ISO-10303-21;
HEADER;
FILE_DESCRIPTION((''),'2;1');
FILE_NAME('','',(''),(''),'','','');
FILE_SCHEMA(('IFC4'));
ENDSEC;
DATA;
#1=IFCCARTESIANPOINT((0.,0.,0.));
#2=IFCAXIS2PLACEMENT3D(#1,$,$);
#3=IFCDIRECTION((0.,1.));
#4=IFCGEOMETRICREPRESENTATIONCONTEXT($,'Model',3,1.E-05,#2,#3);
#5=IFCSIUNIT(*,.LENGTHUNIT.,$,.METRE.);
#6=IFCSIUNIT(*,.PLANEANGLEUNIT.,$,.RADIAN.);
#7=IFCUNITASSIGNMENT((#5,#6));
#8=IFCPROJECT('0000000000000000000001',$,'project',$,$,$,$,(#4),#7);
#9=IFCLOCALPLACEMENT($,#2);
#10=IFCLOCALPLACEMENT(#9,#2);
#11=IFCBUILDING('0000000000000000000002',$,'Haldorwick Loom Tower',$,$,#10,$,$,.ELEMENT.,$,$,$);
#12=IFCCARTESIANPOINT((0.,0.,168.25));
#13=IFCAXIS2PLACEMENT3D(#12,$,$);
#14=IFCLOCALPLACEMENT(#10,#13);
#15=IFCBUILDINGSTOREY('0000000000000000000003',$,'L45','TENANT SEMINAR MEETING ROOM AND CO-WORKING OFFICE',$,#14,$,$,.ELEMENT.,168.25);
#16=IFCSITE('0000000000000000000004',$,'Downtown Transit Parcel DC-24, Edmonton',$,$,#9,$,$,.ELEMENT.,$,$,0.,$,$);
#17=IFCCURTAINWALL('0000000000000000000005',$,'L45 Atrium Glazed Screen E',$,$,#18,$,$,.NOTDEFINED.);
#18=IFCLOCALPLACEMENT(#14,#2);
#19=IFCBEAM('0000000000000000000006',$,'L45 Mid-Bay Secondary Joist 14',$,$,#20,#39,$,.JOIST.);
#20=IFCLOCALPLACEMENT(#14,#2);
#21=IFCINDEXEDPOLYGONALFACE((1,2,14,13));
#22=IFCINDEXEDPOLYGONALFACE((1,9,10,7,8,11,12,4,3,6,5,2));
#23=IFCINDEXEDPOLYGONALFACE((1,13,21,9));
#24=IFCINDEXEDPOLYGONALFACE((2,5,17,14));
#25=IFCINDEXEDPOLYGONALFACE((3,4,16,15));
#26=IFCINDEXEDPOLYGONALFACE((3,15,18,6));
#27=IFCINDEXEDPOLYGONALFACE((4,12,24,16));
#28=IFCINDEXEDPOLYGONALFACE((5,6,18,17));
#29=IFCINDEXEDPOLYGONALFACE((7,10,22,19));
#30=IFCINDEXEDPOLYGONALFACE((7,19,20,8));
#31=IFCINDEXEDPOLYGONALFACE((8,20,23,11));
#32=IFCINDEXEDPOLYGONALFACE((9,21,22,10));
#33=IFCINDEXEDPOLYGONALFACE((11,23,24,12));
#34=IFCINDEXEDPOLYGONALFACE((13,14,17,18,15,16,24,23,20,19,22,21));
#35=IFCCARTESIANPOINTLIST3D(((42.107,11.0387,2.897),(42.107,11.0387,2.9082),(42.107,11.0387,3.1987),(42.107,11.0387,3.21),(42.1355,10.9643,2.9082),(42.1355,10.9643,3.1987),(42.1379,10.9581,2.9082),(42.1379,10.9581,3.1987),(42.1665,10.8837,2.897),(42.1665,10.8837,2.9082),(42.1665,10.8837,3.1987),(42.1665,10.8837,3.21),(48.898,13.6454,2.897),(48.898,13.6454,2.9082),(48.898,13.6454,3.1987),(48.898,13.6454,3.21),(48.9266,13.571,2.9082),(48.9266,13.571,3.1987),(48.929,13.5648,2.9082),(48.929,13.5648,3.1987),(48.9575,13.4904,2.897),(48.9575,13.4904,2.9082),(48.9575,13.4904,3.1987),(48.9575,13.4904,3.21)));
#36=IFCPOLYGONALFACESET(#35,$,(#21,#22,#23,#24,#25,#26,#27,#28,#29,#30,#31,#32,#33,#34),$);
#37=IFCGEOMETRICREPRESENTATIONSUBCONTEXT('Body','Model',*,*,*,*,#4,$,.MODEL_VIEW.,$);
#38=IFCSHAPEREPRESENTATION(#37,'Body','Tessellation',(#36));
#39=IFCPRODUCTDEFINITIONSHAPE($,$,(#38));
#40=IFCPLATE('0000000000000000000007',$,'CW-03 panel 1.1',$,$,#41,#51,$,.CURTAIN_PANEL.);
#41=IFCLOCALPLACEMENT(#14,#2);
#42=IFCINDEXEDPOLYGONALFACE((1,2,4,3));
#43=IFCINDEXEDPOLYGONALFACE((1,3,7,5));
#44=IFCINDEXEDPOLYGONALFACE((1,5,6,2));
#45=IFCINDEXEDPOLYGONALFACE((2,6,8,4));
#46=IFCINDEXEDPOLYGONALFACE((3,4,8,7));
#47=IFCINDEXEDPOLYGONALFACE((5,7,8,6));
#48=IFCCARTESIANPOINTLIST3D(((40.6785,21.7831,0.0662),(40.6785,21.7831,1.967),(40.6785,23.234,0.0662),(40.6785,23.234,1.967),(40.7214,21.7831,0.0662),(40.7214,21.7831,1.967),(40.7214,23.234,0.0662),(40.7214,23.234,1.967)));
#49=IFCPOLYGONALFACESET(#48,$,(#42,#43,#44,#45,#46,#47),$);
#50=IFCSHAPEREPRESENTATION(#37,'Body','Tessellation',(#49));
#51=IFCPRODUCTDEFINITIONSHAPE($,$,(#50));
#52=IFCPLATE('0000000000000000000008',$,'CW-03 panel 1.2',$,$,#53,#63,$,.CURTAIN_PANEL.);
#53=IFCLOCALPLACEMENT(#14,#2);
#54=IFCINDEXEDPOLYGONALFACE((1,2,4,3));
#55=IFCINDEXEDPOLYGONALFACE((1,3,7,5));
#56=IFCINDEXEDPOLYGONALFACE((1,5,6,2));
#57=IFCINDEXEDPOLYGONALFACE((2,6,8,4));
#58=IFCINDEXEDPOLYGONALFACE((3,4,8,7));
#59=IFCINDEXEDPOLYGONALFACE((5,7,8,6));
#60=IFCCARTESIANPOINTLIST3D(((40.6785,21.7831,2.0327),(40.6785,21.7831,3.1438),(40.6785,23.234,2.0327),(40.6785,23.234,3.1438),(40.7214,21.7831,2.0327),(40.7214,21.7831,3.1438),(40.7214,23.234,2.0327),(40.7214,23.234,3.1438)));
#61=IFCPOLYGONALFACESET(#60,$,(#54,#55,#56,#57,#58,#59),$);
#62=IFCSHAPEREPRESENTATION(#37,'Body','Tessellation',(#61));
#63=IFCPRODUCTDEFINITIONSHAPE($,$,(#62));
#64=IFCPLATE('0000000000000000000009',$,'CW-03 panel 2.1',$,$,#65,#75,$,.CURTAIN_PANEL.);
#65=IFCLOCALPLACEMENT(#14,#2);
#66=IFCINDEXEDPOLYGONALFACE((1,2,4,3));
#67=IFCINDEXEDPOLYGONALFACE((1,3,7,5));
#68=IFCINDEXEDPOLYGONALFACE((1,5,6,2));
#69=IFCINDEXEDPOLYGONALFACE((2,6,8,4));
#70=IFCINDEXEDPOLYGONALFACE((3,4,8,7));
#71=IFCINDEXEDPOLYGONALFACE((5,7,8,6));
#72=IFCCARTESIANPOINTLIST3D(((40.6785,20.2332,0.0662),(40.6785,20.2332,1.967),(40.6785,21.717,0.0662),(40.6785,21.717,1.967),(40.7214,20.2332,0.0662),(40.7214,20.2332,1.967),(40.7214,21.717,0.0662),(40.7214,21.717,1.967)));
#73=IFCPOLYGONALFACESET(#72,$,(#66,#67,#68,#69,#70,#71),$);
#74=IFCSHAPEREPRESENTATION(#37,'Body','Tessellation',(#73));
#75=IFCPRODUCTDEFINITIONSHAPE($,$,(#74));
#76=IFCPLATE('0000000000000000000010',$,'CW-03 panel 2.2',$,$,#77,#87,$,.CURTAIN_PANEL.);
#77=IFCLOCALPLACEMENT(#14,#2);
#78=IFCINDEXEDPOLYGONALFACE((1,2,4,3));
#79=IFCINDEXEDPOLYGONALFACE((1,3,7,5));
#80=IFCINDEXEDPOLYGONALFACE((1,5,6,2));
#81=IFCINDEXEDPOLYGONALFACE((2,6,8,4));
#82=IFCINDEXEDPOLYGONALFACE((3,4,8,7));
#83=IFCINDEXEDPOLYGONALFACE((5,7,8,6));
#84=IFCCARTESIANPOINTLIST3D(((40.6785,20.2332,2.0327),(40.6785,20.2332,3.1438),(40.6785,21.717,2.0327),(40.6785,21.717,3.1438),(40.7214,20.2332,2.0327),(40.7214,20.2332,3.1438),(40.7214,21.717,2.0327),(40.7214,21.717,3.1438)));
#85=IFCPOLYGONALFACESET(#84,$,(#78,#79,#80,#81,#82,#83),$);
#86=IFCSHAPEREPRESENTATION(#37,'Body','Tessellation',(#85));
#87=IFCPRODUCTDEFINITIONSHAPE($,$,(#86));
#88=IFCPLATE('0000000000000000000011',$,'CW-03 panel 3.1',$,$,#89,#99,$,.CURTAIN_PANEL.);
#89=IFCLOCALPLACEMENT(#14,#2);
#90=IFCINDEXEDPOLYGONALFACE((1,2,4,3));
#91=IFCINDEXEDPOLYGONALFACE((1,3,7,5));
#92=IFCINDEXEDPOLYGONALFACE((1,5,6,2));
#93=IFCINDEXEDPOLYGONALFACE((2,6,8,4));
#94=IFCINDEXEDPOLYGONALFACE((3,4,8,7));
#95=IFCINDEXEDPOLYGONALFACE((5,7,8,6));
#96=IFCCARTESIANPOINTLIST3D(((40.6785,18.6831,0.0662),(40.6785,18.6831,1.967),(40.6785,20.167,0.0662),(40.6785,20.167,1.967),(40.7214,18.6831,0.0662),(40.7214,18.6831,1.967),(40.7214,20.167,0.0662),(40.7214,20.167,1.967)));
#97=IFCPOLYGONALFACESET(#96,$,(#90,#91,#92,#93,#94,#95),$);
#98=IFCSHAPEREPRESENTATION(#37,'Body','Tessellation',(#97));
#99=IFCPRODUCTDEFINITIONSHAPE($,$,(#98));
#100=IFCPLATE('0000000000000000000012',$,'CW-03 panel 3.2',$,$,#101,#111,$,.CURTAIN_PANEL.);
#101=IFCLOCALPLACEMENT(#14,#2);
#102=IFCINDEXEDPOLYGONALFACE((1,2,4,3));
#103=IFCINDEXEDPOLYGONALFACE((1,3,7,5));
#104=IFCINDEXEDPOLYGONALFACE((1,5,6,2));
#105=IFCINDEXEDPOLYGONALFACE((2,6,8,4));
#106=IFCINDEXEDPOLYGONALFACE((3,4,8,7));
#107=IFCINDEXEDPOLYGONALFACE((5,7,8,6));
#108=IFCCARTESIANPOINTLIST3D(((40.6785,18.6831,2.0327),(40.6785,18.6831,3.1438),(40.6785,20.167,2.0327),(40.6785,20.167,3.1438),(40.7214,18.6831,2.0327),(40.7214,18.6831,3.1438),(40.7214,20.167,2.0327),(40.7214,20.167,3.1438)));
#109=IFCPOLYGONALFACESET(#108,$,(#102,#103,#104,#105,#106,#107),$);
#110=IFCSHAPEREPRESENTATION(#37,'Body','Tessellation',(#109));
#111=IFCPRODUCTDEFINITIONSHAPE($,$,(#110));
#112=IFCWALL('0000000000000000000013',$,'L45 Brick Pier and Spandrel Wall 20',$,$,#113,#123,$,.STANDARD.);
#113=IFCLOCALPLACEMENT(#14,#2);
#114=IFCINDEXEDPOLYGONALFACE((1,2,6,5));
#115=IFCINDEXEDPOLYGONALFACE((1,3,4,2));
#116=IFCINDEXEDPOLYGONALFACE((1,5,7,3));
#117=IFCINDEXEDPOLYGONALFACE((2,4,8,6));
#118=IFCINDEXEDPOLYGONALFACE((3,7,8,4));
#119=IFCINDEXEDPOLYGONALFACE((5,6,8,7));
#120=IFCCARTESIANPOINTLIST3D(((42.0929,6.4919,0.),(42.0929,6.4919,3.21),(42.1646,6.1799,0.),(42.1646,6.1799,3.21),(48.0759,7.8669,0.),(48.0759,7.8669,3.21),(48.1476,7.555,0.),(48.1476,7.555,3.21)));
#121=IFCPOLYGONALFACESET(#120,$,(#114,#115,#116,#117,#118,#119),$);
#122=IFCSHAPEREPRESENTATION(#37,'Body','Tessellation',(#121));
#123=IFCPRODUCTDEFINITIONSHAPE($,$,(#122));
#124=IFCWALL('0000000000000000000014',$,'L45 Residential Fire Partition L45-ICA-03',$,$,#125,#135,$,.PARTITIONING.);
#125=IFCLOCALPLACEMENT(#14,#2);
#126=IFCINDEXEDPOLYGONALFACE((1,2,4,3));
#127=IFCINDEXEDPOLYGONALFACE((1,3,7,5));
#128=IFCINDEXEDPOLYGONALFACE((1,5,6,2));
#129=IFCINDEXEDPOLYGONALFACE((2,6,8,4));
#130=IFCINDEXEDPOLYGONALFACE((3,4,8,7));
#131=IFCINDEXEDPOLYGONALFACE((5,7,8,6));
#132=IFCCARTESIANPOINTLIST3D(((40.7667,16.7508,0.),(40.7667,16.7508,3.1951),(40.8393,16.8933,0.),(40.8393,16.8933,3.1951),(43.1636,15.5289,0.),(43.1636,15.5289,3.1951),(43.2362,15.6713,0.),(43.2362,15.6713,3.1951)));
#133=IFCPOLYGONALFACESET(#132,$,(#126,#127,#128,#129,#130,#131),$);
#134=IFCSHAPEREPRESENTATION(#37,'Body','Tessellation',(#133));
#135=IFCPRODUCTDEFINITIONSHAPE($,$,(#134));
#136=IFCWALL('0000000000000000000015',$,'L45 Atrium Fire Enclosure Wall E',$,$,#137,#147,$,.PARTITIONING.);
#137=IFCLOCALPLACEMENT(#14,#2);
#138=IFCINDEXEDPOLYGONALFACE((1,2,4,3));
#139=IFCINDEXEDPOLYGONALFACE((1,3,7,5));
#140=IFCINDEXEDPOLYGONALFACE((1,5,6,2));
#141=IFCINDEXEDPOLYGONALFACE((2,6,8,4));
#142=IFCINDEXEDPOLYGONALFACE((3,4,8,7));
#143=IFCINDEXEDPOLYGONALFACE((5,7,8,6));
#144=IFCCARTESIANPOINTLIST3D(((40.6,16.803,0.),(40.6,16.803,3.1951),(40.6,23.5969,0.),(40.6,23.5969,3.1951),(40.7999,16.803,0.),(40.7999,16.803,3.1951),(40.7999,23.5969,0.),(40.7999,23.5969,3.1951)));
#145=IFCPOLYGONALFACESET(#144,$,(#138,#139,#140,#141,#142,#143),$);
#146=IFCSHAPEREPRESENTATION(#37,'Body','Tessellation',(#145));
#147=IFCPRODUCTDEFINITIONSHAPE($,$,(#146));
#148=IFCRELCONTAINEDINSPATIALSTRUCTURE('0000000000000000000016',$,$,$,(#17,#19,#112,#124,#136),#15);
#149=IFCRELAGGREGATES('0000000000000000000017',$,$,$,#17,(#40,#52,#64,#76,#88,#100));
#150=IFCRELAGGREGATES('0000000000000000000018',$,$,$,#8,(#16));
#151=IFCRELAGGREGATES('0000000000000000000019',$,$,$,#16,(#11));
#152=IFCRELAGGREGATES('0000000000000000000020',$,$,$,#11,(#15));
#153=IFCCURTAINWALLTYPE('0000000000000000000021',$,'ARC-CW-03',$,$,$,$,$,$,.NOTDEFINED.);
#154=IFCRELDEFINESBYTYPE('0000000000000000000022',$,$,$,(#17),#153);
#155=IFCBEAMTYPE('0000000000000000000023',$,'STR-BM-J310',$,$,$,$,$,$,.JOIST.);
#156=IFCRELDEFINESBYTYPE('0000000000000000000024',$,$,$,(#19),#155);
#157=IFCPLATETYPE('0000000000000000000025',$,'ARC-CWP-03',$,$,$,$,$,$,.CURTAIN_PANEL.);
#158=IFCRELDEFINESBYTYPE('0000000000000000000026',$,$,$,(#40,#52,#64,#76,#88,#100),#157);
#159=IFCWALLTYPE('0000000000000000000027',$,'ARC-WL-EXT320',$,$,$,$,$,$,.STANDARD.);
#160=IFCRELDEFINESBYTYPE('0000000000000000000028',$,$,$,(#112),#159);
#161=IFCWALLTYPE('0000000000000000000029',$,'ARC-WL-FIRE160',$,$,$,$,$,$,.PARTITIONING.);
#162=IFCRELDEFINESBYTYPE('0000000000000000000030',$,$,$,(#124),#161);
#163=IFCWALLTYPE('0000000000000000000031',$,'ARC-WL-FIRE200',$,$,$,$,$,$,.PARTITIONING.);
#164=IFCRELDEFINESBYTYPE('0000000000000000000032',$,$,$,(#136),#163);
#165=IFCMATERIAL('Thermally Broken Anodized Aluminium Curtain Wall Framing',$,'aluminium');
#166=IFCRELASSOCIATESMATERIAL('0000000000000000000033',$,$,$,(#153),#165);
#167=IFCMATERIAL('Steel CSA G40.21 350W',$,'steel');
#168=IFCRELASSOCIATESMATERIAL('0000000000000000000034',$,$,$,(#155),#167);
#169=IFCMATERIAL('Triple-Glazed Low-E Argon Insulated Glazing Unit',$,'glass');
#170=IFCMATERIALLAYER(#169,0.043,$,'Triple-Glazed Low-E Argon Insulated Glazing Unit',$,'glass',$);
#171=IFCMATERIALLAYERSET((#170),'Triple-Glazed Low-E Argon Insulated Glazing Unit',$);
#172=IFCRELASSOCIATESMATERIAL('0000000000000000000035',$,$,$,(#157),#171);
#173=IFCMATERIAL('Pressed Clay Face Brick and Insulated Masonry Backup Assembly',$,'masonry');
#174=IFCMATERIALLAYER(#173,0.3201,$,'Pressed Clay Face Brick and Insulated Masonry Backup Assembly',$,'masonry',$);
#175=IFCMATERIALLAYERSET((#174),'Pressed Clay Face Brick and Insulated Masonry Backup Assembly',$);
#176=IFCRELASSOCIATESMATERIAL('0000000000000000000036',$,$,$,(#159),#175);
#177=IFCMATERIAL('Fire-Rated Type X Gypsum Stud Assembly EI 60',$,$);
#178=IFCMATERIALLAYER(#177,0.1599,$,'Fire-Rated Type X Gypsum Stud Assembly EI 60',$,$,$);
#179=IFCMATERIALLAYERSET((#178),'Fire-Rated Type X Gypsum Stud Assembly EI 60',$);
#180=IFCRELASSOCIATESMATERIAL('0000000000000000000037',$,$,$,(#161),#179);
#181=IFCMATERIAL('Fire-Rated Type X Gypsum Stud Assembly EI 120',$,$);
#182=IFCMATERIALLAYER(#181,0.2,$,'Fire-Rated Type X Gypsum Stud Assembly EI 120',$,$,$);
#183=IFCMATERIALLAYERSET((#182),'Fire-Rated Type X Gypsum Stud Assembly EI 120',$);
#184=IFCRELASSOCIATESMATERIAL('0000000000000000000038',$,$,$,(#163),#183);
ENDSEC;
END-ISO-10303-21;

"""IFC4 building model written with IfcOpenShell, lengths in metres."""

from ifc_helpers import new_model, si_unit, direction, frame, frame_2d, origin, origin_2d, place, context, subcontext, project, spatial, rectangle, i_section, extrude, material, layer, layer_set, material_profile, profile_set, type_object, element, aggregate, save


model = new_model("IFC4")

# Units and contexts
model_context = context("Model", 3, precision=1e-05, world=origin(), true_north=direction((0.0, 1.0)))
body_context = subcontext(model_context, "Body", "Model", "MODEL_VIEW")
ifc_project = project(units=[si_unit("LENGTHUNIT", "METRE"), si_unit("PLANEANGLEUNIT", "RADIAN")], contexts=[model_context])

# Site, building, storey
site_placement = place(None, origin())
site = spatial("IfcSite", under=ifc_project, at=site_placement, Name="Downtown Transit Parcel DC-24, Edmonton", CompositionType="ELEMENT", RefElevation=0.0)
building_placement = place(site_placement, origin())
building = spatial("IfcBuilding", under=site, at=building_placement, Name="Haldorwick Loom Tower", CompositionType="ELEMENT")
storey_placement = place(building_placement, frame((0.0, 0.0, 168.25)))
storey = spatial("IfcBuildingStorey", under=building, at=storey_placement, Name="L45", Description="TENANT SEMINAR MEETING ROOM AND CO-WORKING OFFICE", CompositionType="ELEMENT", Elevation=168.25)

# Curtain wall
ifc_material_1 = material(Name="Thermally Broken Anodized Aluminium Curtain Wall Framing", Category="aluminium")
curtain_wall_type = type_object("IfcCurtainWallType", Name="ARC-CW-03", PredefinedType="NOTDEFINED", material=ifc_material_1)
curtain_wall_placement = place(storey_placement, origin())
curtain_wall = element("IfcCurtainWall", 1, at=curtain_wall_placement, inside=storey, type_object=curtain_wall_type, Name="L45 Atrium Glazed Screen E", PredefinedType="NOTDEFINED")

# Beam
ifc_material_2 = material(Name="Steel CSA G40.21 350W", Category="steel")
ifc_material_profile_1 = material_profile(ifc_material_2, i_section(OverallWidth=0.166, OverallDepth=0.313, WebThickness=0.0066, FlangeThickness=0.0112, at=origin_2d()), Name="W310X45", Category="steel")
ifc_profile_set_1 = profile_set([ifc_material_profile_1], Name="Steel CSA G40.21 350W")
beam_type = type_object("IfcBeamType", Name="STR-BM-J310", PredefinedType="JOIST", material=ifc_profile_set_1)
beam_placement = place(storey_placement, frame((42.1367, 10.9612, 3.0535), z_axis=(0.933587, 0.358352, 0.0), x_axis=(-0.358352, 0.933587, 0.0)))
element("IfcBeam", 2, at=beam_placement, inside=storey, type_object=beam_type, Name="L45 Mid-Bay Secondary Joist 14", PredefinedType="JOIST", context=body_context, shape_type="SweptSolid", body=[
    extrude(i_section(OverallWidth=0.166, OverallDepth=0.313, WebThickness=0.0066, FlangeThickness=0.0112, at=origin_2d()), origin(), (0.0, 0.0, 1.0), 7.2742),
])

# Plates
ifc_material_3 = material(Name="Triple-Glazed Low-E Argon Insulated Glazing Unit", Category="glass")
ifc_layer_1 = layer(ifc_material_3, 0.043, Name="Triple-Glazed Low-E Argon Insulated Glazing Unit", Category="glass")
ifc_layer_set_1 = layer_set([ifc_layer_1], Name="Triple-Glazed Low-E Argon Insulated Glazing Unit")
plate_type = type_object("IfcPlateType", Name="ARC-CWP-03", PredefinedType="CURTAIN_PANEL", material=ifc_layer_set_1)
plate_1_placement = place(storey_placement, frame((40.7, 22.5085, 0.0662), z_axis=(0.0, 0.0, 1.0), x_axis=(0.0, -1.0, 0.0)))
plate_1 = element("IfcPlate", 3, at=plate_1_placement, type_object=plate_type, Name="CW-03 panel 1.1", PredefinedType="CURTAIN_PANEL", context=body_context, shape_type="SweptSolid", body=[
    extrude(rectangle(XDim=1.4509, YDim=0.043, at=origin_2d()), origin(), (0.0, 0.0, 1.0), 1.9009),
])
plate_2_placement = place(storey_placement, frame((40.7, 22.5085, 2.0327), z_axis=(0.0, 0.0, 1.0), x_axis=(0.0, -1.0, 0.0)))
plate_2 = element("IfcPlate", 4, at=plate_2_placement, type_object=plate_type, Name="CW-03 panel 1.2", PredefinedType="CURTAIN_PANEL", context=body_context, shape_type="SweptSolid", body=[
    extrude(rectangle(XDim=1.4509, YDim=0.043, at=origin_2d()), origin(), (0.0, 0.0, 1.0), 1.1111),
])
plate_3_placement = place(storey_placement, frame((40.7, 20.9751, 0.0662), z_axis=(0.0, 0.0, 1.0), x_axis=(0.0, -1.0, 0.0)))
plate_3 = element("IfcPlate", 5, at=plate_3_placement, type_object=plate_type, Name="CW-03 panel 2.1", PredefinedType="CURTAIN_PANEL", context=body_context, shape_type="SweptSolid", body=[
    extrude(rectangle(XDim=1.4839, YDim=0.043, at=origin_2d()), origin(), (0.0, 0.0, 1.0), 1.9009),
])
plate_4_placement = place(storey_placement, frame((40.7, 20.9751, 2.0327), z_axis=(0.0, 0.0, 1.0), x_axis=(0.0, -1.0, 0.0)))
plate_4 = element("IfcPlate", 6, at=plate_4_placement, type_object=plate_type, Name="CW-03 panel 2.2", PredefinedType="CURTAIN_PANEL", context=body_context, shape_type="SweptSolid", body=[
    extrude(rectangle(XDim=1.4839, YDim=0.043, at=origin_2d()), origin(), (0.0, 0.0, 1.0), 1.1111),
])
plate_5_placement = place(storey_placement, frame((40.7, 19.425, 0.0662), z_axis=(0.0, 0.0, 1.0), x_axis=(0.0, -1.0, 0.0)))
plate_5 = element("IfcPlate", 7, at=plate_5_placement, type_object=plate_type, Name="CW-03 panel 3.1", PredefinedType="CURTAIN_PANEL", context=body_context, shape_type="SweptSolid", body=[
    extrude(rectangle(XDim=1.4839, YDim=0.043, at=origin_2d()), origin(), (0.0, 0.0, 1.0), 1.9009),
])
plate_6_placement = place(storey_placement, frame((40.7, 19.425, 2.0327), z_axis=(0.0, 0.0, 1.0), x_axis=(0.0, -1.0, 0.0)))
plate_6 = element("IfcPlate", 8, at=plate_6_placement, type_object=plate_type, Name="CW-03 panel 3.2", PredefinedType="CURTAIN_PANEL", context=body_context, shape_type="SweptSolid", body=[
    extrude(rectangle(XDim=1.4839, YDim=0.043, at=origin_2d()), origin(), (0.0, 0.0, 1.0), 1.1111),
])
aggregate(curtain_wall, [plate_1, plate_2, plate_3, plate_4, plate_5, plate_6])

# Walls
ifc_material_4 = material(Name="Pressed Clay Face Brick and Insulated Masonry Backup Assembly", Category="masonry")
ifc_layer_2 = layer(ifc_material_4, 0.3201, Name="Pressed Clay Face Brick and Insulated Masonry Backup Assembly", Category="masonry")
ifc_layer_set_2 = layer_set([ifc_layer_2], Name="Pressed Clay Face Brick and Insulated Masonry Backup Assembly")
wall_type_1 = type_object("IfcWallType", Name="ARC-WL-EXT320", PredefinedType="STANDARD", material=ifc_layer_set_2)
wall_1_placement = place(storey_placement, frame((42.1289, 6.3359, 0.0), z_axis=(0.0, 0.0, 1.0), x_axis=(0.974593, 0.223982, 0.0)))
element("IfcWall", 9, at=wall_1_placement, inside=storey, type_object=wall_type_1, Name="L45 Brick Pier and Spandrel Wall 20", PredefinedType="STANDARD", context=body_context, shape_type="SweptSolid", body=[
    extrude(rectangle(XDim=6.1389, YDim=0.3201, at=frame_2d((3.0693, 0.0))), origin(), (0.0, 0.0, 1.0), 3.21),
])
ifc_material_5 = material(Name="Fire-Rated Type X Gypsum Stud Assembly EI 60")
ifc_layer_3 = layer(ifc_material_5, 0.1599, Name="Fire-Rated Type X Gypsum Stud Assembly EI 60")
ifc_layer_set_3 = layer_set([ifc_layer_3], Name="Fire-Rated Type X Gypsum Stud Assembly EI 60")
wall_type_2 = type_object("IfcWallType", Name="ARC-WL-FIRE160", PredefinedType="PARTITIONING", material=ifc_layer_set_3)
wall_2_placement = place(storey_placement, frame((40.803, 16.822, 0.0), z_axis=(0.0, 0.0, 1.0), x_axis=(0.890916, -0.454169, 0.0)))
element("IfcWall", 10, at=wall_2_placement, inside=storey, type_object=wall_type_2, Name="L45 Residential Fire Partition L45-ICA-03", PredefinedType="PARTITIONING", context=body_context, shape_type="SweptSolid", body=[
    extrude(rectangle(XDim=2.6904, YDim=0.1599, at=frame_2d((1.3452, 0.0))), origin(), (0.0, 0.0, 1.0), 3.1951),
])
ifc_material_6 = material(Name="Fire-Rated Type X Gypsum Stud Assembly EI 120")
ifc_layer_4 = layer(ifc_material_6, 0.2, Name="Fire-Rated Type X Gypsum Stud Assembly EI 120")
ifc_layer_set_4 = layer_set([ifc_layer_4], Name="Fire-Rated Type X Gypsum Stud Assembly EI 120")
wall_type_3 = type_object("IfcWallType", Name="ARC-WL-FIRE200", PredefinedType="PARTITIONING", material=ifc_layer_set_4)
wall_3_placement = place(storey_placement, frame((40.7, 23.5969, 0.0), z_axis=(0.0, 0.0, 1.0), x_axis=(0.0, -1.0, 0.0)))
element("IfcWall", 11, at=wall_3_placement, inside=storey, type_object=wall_type_3, Name="L45 Atrium Fire Enclosure Wall E", PredefinedType="PARTITIONING", context=body_context, shape_type="SweptSolid", body=[
    extrude(rectangle(XDim=6.7939, YDim=0.2, at=frame_2d((3.397, 0.0))), origin(), (0.0, 0.0, 1.0), 3.1951),
])

save(model, "model.ifc")
